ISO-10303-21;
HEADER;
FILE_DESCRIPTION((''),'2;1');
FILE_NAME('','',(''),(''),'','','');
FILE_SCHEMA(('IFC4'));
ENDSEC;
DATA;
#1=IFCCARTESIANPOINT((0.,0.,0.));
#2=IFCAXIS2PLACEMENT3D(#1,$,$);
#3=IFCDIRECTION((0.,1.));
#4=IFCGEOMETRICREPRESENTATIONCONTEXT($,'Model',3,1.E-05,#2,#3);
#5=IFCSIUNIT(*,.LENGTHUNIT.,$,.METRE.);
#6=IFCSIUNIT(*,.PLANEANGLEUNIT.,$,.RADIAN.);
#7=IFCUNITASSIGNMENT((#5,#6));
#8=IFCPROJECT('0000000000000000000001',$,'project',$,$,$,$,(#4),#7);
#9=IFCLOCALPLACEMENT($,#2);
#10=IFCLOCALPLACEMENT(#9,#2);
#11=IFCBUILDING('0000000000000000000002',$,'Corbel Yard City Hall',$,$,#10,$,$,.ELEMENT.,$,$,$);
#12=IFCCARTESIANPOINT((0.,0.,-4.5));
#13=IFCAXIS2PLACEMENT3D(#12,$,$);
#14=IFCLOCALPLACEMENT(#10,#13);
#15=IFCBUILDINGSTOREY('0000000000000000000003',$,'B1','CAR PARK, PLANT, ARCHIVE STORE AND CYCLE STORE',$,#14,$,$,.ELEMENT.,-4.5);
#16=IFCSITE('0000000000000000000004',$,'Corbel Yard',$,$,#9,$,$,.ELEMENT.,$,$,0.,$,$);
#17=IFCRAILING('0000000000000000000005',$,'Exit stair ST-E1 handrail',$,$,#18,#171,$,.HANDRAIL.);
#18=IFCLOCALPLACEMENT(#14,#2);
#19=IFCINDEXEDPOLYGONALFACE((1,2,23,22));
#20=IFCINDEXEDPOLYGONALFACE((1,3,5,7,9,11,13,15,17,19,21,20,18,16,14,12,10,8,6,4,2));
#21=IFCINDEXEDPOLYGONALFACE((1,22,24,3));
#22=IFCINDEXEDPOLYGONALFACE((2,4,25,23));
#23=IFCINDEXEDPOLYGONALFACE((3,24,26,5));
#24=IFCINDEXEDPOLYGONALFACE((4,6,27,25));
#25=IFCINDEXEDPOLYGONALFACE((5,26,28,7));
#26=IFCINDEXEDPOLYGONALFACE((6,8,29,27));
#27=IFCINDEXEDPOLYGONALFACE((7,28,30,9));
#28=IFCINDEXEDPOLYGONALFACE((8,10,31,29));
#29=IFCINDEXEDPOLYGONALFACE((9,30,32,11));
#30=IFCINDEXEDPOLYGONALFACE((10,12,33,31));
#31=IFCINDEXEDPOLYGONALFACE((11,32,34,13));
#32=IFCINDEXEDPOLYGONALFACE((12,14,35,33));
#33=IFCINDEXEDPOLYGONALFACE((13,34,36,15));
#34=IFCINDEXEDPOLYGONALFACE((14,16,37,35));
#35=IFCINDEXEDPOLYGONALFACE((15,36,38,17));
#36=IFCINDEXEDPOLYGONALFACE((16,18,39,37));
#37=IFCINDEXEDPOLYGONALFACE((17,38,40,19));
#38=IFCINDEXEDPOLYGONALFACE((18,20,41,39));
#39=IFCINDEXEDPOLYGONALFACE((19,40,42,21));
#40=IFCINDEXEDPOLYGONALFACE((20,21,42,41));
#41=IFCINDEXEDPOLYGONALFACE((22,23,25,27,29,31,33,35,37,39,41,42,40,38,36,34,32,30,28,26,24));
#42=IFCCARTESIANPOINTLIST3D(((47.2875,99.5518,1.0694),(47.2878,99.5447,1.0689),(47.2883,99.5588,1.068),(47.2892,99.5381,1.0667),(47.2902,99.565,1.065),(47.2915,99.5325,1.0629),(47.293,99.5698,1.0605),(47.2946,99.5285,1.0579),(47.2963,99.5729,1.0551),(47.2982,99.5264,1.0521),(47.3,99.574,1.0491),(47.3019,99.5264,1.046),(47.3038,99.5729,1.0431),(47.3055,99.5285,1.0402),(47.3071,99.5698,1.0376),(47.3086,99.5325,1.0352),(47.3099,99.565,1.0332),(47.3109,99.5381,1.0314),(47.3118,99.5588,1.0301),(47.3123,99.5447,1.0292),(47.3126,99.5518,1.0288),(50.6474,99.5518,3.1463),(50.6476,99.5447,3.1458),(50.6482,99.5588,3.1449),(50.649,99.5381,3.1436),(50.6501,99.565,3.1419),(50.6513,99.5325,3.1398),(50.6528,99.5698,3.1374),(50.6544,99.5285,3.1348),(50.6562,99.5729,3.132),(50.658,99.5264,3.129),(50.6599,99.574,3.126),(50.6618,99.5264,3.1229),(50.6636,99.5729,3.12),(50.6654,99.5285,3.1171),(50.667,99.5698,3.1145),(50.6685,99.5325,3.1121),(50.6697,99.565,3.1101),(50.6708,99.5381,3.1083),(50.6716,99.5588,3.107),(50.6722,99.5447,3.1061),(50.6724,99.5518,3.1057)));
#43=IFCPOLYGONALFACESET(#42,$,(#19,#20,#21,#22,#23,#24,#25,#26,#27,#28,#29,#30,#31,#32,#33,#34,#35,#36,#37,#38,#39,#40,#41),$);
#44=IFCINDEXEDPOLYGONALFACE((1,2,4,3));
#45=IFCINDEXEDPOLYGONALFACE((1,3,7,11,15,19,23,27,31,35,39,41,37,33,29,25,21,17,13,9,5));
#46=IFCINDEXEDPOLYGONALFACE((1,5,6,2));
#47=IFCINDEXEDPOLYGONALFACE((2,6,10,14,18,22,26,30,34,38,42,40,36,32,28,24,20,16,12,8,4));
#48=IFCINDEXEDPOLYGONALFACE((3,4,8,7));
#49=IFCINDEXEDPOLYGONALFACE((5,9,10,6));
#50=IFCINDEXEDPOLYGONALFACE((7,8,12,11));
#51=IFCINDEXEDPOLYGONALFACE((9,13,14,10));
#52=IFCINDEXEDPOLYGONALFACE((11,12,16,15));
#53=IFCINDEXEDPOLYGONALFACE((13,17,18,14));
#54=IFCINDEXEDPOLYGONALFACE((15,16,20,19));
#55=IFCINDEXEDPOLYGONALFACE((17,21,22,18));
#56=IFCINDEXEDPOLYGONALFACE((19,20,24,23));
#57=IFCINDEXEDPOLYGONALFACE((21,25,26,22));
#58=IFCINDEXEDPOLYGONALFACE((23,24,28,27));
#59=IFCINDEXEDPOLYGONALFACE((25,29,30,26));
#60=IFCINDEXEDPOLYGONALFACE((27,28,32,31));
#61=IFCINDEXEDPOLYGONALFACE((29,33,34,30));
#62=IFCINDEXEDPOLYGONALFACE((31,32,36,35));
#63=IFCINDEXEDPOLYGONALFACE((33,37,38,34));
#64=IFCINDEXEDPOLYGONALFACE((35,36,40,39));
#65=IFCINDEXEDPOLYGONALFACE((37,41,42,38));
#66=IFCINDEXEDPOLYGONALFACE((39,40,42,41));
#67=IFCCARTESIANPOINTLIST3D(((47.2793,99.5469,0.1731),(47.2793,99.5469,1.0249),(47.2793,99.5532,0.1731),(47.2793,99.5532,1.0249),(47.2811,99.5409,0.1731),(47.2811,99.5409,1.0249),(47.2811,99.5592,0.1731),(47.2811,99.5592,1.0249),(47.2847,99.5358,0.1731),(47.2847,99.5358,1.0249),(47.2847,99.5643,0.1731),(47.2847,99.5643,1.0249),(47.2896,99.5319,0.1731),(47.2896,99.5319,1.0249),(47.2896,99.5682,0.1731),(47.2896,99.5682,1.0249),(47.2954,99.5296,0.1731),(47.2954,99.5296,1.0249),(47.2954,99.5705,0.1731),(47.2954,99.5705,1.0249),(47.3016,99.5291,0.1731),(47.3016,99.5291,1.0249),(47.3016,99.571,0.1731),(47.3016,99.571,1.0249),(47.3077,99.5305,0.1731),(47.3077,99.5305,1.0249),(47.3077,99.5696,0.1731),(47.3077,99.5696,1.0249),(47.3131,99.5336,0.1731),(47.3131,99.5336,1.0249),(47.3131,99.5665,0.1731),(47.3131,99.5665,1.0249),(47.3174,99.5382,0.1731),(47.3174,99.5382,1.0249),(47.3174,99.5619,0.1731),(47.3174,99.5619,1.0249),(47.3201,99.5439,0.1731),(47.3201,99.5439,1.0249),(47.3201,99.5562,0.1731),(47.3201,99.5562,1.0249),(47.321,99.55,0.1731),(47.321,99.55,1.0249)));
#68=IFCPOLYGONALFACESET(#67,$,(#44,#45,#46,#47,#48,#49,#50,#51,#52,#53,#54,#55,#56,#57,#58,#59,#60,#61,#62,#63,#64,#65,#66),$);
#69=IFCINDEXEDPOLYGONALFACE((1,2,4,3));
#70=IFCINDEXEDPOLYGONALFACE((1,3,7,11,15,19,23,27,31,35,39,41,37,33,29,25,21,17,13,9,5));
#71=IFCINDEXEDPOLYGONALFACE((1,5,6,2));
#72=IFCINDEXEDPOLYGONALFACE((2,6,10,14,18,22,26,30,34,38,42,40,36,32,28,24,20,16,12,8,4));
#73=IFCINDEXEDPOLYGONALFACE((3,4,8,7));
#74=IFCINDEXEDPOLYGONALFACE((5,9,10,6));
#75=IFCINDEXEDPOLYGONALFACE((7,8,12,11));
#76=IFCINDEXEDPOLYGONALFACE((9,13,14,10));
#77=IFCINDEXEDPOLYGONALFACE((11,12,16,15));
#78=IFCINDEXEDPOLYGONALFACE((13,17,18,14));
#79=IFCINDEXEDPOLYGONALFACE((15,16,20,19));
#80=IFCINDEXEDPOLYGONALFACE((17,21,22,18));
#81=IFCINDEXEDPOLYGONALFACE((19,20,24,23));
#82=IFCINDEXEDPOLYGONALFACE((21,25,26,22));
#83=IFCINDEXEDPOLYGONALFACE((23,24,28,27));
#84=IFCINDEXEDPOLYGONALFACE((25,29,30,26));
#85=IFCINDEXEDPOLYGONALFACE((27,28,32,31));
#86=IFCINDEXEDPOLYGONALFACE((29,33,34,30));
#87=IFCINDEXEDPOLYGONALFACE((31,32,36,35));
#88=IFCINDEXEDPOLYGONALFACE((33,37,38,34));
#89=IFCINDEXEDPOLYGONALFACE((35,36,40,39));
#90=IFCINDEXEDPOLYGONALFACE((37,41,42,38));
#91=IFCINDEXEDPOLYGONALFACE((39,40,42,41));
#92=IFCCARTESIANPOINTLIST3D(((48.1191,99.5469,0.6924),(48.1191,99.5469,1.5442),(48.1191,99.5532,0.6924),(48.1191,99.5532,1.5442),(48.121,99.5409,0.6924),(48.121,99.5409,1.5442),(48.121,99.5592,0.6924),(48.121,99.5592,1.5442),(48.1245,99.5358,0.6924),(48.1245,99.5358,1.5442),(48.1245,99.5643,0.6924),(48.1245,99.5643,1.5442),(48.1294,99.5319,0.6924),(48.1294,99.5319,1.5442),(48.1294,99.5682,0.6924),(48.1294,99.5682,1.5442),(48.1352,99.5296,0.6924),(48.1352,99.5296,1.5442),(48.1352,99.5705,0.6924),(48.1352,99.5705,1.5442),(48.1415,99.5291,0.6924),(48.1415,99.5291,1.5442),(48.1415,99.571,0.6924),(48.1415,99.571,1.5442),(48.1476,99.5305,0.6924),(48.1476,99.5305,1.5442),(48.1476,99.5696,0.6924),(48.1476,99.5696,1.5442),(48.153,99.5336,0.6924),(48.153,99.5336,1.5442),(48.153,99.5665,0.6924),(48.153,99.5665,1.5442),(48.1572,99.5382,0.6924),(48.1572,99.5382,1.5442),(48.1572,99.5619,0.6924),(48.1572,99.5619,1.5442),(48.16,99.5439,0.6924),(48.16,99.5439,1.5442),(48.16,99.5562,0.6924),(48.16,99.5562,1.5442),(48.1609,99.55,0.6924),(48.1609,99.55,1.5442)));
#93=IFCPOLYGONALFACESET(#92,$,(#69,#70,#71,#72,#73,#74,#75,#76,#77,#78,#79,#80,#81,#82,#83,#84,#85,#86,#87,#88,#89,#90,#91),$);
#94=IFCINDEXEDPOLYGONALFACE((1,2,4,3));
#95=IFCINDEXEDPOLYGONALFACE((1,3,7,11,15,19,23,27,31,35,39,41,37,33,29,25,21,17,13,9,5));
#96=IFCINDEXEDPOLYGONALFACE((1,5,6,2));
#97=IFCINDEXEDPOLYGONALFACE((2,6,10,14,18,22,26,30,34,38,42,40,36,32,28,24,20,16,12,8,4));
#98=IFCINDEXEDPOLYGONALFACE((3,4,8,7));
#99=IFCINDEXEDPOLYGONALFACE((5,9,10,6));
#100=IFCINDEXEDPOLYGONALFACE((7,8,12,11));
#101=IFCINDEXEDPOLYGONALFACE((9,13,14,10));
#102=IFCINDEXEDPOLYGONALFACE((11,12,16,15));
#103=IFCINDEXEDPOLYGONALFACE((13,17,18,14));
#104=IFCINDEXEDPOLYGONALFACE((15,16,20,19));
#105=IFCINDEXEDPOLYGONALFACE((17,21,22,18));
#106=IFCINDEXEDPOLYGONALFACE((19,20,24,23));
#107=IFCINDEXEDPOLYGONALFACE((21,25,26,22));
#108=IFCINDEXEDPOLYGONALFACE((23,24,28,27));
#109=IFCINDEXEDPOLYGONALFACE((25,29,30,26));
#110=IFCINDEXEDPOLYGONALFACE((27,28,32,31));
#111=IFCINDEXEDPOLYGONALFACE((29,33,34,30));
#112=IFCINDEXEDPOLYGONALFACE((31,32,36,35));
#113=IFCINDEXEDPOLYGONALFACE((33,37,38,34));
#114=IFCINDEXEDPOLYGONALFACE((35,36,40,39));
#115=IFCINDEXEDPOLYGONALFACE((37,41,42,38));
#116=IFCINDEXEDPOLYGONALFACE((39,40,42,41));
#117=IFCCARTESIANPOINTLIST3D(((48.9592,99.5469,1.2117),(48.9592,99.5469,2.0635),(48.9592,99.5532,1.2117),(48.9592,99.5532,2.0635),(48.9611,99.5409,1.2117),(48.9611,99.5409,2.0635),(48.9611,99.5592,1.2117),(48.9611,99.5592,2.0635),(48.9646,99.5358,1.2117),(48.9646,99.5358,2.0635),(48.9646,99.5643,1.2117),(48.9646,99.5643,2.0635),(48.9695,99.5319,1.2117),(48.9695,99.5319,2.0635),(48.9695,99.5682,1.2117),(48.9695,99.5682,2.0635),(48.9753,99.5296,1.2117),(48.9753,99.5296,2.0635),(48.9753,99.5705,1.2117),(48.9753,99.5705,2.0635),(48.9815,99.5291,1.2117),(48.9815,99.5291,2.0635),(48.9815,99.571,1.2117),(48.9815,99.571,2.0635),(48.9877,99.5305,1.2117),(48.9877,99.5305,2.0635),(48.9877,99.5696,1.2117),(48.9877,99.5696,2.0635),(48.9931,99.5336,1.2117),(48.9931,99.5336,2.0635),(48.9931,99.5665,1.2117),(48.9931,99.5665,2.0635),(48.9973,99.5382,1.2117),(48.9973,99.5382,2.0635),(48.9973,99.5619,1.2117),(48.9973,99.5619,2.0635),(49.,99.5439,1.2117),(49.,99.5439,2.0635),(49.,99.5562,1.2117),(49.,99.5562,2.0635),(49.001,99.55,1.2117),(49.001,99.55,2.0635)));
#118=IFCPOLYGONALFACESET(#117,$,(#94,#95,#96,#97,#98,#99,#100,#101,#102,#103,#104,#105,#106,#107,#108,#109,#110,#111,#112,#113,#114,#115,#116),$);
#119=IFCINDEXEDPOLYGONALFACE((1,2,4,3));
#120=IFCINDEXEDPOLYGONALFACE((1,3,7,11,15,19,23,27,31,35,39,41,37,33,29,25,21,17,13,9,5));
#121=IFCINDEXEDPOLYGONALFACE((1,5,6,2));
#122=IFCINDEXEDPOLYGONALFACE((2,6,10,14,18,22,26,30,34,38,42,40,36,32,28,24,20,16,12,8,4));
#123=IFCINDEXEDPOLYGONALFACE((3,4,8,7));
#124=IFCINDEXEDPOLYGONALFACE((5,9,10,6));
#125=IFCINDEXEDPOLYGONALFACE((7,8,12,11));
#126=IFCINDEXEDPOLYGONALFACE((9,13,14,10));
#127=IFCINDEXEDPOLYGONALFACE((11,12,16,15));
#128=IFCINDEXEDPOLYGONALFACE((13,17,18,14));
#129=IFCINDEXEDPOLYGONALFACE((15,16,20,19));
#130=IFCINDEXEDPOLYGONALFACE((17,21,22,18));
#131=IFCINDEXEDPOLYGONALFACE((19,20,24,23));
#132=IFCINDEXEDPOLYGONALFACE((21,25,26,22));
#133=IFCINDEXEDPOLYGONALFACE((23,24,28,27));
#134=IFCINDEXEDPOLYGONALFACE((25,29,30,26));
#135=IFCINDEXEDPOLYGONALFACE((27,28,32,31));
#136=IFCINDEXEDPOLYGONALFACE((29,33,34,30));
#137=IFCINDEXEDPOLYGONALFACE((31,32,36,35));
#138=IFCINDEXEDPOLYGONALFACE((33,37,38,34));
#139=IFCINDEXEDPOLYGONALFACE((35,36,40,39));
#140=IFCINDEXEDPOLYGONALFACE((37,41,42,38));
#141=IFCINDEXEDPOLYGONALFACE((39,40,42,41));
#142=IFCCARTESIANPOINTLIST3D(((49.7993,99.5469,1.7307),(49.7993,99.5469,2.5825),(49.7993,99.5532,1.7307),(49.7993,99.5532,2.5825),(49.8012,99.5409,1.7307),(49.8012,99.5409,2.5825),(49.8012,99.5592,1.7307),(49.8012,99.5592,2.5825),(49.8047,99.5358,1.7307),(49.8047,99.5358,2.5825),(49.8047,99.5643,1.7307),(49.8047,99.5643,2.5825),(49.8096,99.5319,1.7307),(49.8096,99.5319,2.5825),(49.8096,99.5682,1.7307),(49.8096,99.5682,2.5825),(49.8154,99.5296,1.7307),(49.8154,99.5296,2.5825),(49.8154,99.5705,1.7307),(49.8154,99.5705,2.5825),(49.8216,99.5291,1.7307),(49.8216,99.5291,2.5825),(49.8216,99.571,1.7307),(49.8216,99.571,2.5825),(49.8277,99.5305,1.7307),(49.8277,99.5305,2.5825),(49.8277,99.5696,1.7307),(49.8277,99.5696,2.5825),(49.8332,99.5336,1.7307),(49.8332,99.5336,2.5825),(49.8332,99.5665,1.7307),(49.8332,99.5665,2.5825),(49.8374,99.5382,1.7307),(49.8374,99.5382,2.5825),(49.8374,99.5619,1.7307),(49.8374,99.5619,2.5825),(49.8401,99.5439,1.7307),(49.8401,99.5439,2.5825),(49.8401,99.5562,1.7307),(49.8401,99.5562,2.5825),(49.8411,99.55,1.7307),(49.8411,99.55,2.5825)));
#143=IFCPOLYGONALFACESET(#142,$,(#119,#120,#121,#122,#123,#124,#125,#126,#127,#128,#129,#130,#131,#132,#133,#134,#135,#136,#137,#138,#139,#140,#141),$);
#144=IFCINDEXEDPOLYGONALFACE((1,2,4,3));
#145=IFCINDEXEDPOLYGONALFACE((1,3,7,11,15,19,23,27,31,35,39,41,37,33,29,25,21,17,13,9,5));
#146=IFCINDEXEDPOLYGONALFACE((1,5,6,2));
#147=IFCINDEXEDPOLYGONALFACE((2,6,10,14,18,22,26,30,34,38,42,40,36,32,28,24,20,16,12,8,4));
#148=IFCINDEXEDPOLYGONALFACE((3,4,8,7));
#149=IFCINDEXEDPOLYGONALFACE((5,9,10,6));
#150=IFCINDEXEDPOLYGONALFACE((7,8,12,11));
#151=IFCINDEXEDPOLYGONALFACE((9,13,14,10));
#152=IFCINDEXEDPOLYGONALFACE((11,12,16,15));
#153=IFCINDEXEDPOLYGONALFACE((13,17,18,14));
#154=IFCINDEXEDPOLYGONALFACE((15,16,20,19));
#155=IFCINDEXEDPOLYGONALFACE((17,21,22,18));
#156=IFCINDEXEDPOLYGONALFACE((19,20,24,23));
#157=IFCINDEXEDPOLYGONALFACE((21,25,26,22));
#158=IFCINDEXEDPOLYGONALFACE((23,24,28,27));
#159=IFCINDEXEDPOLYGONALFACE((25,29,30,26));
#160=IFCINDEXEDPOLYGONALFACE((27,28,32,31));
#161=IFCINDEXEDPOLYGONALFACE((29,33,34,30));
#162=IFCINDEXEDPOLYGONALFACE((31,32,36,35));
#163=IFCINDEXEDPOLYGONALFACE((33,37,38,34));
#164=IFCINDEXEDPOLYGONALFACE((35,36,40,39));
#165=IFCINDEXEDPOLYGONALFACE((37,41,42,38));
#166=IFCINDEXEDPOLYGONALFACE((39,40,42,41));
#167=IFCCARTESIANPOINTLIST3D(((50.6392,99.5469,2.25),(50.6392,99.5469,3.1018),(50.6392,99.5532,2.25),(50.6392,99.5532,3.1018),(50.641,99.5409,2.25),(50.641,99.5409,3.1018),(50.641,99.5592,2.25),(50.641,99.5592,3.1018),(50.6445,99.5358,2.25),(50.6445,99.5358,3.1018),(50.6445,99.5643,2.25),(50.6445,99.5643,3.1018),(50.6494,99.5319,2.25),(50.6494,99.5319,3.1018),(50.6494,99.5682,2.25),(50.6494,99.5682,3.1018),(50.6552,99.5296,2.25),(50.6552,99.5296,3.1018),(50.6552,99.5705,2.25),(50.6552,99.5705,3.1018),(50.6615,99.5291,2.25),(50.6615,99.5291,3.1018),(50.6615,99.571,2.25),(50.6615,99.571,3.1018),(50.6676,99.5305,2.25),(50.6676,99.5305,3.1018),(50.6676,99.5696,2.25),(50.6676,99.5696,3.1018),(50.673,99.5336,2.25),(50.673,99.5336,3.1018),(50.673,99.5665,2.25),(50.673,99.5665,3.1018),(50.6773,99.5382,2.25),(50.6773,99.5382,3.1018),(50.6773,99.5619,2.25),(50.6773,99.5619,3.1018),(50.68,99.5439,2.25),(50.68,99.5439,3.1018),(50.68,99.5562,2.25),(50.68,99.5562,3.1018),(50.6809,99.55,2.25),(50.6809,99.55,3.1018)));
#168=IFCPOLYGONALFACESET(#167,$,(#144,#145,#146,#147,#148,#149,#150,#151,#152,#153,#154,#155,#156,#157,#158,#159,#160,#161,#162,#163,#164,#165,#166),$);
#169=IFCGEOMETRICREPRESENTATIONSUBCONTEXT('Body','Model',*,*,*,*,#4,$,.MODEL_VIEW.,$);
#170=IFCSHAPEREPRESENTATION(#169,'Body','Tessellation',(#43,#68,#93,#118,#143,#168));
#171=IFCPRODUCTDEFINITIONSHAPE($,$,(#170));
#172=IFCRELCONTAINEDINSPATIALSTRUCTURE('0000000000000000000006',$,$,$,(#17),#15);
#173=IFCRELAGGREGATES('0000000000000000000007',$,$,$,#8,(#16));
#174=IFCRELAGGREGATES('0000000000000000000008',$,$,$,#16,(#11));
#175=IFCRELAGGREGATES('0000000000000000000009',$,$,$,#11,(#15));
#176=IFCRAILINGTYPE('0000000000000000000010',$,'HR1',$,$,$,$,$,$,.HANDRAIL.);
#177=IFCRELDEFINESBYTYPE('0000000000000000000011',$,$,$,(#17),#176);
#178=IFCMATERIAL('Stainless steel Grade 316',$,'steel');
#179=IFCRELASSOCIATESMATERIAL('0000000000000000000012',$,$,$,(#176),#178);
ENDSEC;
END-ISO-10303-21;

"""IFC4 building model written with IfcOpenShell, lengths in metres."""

from ifc_helpers import new_model, si_unit, direction, frame, origin, origin_2d, place, context, subcontext, project, spatial, circle, extrude, material, type_object, element, save


model = new_model("IFC4")

# Units and contexts
model_context = context("Model", 3, precision=1e-05, world=origin(), true_north=direction((0.0, 1.0)))
body_context = subcontext(model_context, "Body", "Model", "MODEL_VIEW")
ifc_project = project(units=[si_unit("LENGTHUNIT", "METRE"), si_unit("PLANEANGLEUNIT", "RADIAN")], contexts=[model_context])

# Site, building, storey
site_placement = place(None, origin())
site = spatial("IfcSite", under=ifc_project, at=site_placement, Name="Corbel Yard", CompositionType="ELEMENT", RefElevation=0.0)
building_placement = place(site_placement, origin())
building = spatial("IfcBuilding", under=site, at=building_placement, Name="Corbel Yard City Hall", CompositionType="ELEMENT")
storey_placement = place(building_placement, frame((0.0, 0.0, -4.5)))
storey = spatial("IfcBuildingStorey", under=building, at=storey_placement, Name="B1", Description="CAR PARK, PLANT, ARCHIVE STORE AND CYCLE STORE", CompositionType="ELEMENT", Elevation=-4.5)

# Railing
ifc_material_1 = material(Name="Stainless steel Grade 316", Category="steel")
railing_type = type_object("IfcRailingType", Name="HR1", PredefinedType="HANDRAIL", material=ifc_material_1)
for number, where, name in (
    (1, (47.3, 99.55, 0.1731), "Exit stair ST-E1 handrail"),
):
    element("IfcRailing", number, at=place(storey_placement, frame(where)), inside=storey, type_object=railing_type, Name=name, PredefinedType="HANDRAIL", context=body_context, shape_type="SweptSolid", body=[
        extrude(circle(Radius=0.0239, at=origin_2d()), frame((0.0, 0.0, 0.876), z_axis=(0.850606, 0.0, 0.525803), x_axis=(0.0, 1.0, 0.0)), (0.0, 0.0, 1.0), 3.95),
        extrude(circle(Radius=0.021, at=origin_2d()), origin(), (0.0, 0.0, 1.0), 0.8518),
        extrude(circle(Radius=0.021, at=origin_2d()), frame((0.8398, 0.0, 0.5193)), (0.0, 0.0, 1.0), 0.8518),
        extrude(circle(Radius=0.021, at=origin_2d()), frame((1.6799, 0.0, 1.0386)), (0.0, 0.0, 1.0), 0.8518),
        extrude(circle(Radius=0.021, at=origin_2d()), frame((2.52, 0.0, 1.5576)), (0.0, 0.0, 1.0), 0.8518),
        extrude(circle(Radius=0.021, at=origin_2d()), frame((3.3599, 0.0, 2.0769)), (0.0, 0.0, 1.0), 0.8518),
    ])

save(model, "model.ifc")
